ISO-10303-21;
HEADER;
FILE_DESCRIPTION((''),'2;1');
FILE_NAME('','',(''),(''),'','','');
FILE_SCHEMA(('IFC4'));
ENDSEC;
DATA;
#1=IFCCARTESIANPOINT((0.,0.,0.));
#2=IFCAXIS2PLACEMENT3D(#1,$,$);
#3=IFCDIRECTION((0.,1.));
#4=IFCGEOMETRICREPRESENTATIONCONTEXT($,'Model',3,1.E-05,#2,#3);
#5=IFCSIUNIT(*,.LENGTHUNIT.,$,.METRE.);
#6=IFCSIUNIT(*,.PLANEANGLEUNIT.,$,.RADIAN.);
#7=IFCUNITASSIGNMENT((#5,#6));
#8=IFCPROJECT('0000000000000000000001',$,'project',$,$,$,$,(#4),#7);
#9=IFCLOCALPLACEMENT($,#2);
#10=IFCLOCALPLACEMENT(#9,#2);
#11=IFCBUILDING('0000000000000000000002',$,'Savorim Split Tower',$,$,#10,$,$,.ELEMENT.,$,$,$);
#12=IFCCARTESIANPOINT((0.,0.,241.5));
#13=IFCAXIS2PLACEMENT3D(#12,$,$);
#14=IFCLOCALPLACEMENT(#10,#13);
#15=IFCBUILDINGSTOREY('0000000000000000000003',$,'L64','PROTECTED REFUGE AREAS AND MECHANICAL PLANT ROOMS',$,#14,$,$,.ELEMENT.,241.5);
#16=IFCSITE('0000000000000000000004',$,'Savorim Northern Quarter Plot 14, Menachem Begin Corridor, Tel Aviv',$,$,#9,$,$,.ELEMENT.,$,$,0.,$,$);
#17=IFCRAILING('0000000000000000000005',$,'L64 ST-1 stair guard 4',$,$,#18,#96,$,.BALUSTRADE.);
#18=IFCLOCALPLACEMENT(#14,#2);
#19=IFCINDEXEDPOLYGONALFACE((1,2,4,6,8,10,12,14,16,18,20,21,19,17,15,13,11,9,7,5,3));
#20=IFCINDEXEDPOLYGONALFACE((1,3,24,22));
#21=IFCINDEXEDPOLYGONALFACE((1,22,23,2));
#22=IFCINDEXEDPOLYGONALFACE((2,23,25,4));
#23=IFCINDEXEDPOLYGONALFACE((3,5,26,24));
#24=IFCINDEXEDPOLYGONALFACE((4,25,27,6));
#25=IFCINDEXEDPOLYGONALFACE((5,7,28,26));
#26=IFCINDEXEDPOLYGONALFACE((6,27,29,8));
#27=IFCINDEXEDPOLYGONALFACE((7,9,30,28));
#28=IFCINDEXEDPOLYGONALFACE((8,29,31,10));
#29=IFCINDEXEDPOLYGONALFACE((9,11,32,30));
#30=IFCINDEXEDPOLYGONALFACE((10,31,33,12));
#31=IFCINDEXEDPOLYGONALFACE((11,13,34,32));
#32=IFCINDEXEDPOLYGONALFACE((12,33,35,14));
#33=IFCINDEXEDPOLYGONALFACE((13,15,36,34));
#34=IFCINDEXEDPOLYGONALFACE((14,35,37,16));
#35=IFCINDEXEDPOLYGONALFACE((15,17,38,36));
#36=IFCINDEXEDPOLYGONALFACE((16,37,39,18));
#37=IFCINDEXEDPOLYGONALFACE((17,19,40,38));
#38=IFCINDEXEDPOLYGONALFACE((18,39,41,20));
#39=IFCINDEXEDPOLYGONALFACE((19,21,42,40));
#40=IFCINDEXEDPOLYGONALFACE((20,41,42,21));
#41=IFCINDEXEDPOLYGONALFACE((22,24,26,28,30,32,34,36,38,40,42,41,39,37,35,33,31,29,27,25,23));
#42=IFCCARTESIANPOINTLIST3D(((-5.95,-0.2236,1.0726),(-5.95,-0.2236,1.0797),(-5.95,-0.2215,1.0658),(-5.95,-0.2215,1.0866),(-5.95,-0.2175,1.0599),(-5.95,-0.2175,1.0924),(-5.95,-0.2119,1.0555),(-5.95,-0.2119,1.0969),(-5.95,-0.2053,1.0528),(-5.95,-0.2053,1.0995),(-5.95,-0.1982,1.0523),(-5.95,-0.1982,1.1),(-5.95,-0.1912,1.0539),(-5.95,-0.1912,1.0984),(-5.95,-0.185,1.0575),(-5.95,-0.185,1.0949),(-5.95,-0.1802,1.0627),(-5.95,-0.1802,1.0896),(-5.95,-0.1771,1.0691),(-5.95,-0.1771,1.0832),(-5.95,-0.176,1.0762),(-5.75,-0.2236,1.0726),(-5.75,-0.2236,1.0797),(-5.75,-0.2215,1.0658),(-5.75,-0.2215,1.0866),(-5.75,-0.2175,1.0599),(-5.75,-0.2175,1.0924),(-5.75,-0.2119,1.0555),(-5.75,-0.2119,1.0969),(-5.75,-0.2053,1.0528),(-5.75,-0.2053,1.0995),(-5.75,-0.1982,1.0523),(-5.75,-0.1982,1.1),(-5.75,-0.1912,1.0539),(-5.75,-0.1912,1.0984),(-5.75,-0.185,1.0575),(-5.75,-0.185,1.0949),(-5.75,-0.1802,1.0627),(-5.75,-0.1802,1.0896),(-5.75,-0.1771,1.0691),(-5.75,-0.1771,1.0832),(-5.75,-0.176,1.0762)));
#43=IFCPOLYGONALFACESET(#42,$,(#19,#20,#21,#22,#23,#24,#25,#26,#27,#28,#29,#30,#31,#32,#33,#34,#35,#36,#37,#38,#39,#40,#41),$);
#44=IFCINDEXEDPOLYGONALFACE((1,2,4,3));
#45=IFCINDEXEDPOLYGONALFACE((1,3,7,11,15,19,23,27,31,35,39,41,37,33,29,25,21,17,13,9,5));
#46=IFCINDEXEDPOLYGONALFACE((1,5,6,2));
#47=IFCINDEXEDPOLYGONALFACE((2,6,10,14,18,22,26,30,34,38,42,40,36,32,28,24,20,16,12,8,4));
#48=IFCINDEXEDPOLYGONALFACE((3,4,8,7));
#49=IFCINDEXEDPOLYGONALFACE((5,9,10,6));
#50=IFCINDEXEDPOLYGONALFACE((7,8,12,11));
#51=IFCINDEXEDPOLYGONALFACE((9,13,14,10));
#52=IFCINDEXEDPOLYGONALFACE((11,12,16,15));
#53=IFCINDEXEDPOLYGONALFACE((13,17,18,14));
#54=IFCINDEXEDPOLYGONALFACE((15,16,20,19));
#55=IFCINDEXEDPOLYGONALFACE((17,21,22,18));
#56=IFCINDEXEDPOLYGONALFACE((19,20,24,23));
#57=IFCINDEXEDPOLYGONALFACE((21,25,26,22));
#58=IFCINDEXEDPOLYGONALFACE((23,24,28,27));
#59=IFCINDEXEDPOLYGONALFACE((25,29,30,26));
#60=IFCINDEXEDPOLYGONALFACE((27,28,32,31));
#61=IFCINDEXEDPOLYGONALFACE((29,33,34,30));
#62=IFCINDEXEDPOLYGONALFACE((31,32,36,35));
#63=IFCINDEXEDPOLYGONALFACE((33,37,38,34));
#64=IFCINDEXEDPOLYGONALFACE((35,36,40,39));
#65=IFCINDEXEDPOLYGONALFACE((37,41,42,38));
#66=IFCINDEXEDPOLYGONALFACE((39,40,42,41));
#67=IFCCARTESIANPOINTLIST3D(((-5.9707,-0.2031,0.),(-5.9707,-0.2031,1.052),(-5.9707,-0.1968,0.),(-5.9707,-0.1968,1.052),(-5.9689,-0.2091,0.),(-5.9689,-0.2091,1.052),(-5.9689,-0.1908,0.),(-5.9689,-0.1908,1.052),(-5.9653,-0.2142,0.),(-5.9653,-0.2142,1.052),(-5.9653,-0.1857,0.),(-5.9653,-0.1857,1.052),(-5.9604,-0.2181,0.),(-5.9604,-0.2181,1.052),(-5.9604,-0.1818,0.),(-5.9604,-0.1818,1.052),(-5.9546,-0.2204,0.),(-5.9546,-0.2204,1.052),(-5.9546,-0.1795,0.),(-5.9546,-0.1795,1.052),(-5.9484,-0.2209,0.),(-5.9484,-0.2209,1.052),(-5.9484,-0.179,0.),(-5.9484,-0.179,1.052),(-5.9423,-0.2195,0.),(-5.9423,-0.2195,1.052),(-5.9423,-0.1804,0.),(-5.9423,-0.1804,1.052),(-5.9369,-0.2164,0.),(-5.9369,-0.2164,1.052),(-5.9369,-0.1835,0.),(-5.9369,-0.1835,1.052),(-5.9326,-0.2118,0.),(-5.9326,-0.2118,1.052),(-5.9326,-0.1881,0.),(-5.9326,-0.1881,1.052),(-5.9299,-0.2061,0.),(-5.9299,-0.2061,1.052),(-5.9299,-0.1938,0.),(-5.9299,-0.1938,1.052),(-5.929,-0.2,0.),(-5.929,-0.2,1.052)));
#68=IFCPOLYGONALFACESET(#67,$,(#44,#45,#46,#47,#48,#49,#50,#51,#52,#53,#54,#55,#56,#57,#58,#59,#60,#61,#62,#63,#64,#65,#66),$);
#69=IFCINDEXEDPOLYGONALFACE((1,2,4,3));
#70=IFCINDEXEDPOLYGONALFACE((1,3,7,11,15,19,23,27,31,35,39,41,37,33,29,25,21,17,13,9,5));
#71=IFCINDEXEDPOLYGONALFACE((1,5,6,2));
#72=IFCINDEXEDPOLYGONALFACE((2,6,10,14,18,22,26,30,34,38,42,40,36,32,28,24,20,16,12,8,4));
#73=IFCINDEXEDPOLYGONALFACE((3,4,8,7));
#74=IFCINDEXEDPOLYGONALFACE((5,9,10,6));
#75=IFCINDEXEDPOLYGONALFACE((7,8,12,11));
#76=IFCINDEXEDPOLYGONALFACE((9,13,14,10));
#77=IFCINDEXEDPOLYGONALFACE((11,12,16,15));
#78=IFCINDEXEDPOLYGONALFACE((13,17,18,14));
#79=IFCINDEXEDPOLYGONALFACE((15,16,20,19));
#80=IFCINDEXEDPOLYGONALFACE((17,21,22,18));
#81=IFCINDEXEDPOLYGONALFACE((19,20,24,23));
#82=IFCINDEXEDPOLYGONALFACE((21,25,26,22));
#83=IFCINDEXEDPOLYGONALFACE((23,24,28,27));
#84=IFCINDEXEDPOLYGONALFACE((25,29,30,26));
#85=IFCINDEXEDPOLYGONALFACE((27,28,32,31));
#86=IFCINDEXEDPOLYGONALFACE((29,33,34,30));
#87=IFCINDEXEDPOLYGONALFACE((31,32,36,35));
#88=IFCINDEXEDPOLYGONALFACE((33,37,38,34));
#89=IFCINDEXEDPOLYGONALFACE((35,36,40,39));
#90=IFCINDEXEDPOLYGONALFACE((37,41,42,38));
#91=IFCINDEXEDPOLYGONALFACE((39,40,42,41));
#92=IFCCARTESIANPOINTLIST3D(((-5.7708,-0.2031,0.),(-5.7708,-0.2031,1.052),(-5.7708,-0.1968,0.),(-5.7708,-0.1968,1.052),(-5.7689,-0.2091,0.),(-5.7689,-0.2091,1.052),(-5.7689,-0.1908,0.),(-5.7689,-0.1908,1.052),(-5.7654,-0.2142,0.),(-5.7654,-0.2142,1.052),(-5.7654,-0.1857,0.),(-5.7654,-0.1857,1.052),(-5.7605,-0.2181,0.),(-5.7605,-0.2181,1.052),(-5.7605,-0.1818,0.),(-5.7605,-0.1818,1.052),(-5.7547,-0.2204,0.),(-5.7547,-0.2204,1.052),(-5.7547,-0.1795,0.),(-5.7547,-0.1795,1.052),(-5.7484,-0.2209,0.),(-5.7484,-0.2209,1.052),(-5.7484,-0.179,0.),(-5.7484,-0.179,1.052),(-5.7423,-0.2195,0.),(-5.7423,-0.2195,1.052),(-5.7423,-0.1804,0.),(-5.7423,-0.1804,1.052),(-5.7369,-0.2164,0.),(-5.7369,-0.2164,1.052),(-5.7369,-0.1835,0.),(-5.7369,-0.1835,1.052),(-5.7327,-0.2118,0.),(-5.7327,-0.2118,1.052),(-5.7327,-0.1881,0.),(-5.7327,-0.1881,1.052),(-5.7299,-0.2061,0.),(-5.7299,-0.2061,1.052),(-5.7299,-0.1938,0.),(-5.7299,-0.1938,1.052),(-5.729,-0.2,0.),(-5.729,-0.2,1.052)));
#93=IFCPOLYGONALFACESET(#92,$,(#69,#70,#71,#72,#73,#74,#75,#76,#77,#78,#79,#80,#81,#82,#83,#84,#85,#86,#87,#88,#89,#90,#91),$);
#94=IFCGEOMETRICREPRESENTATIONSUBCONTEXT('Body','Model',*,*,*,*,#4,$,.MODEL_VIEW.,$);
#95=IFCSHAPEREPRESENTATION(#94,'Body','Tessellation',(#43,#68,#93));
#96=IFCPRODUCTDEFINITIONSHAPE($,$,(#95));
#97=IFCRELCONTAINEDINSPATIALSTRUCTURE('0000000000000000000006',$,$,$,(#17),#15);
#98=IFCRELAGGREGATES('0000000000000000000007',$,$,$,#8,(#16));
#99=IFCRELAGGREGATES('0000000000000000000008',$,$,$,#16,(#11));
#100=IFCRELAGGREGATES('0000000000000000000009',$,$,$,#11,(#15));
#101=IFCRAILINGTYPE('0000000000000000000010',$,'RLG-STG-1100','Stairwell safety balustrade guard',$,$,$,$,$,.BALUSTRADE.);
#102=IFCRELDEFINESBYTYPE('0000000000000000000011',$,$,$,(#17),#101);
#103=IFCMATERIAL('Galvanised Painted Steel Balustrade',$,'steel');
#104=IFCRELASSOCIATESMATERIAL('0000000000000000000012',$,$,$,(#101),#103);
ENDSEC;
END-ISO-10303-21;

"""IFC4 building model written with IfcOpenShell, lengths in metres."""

from ifc_helpers import new_model, si_unit, direction, frame, origin, origin_2d, place, context, subcontext, project, spatial, circle, extrude, material, type_object, element, save


model = new_model("IFC4")

# Units and contexts
model_context = context("Model", 3, precision=1e-05, world=origin(), true_north=direction((0.0, 1.0)))
body_context = subcontext(model_context, "Body", "Model", "MODEL_VIEW")
ifc_project = project(units=[si_unit("LENGTHUNIT", "METRE"), si_unit("PLANEANGLEUNIT", "RADIAN")], contexts=[model_context])

# Site, building, storey
site_placement = place(None, origin())
site = spatial("IfcSite", under=ifc_project, at=site_placement, Name="Savorim Northern Quarter Plot 14, Menachem Begin Corridor, Tel Aviv", CompositionType="ELEMENT", RefElevation=0.0)
building_placement = place(site_placement, origin())
building = spatial("IfcBuilding", under=site, at=building_placement, Name="Savorim Split Tower", CompositionType="ELEMENT")
storey_placement = place(building_placement, frame((0.0, 0.0, 241.5)))
storey = spatial("IfcBuildingStorey", under=building, at=storey_placement, Name="L64", Description="PROTECTED REFUGE AREAS AND MECHANICAL PLANT ROOMS", CompositionType="ELEMENT", Elevation=241.5)

# Railing
ifc_material_1 = material(Name="Galvanised Painted Steel Balustrade", Category="steel")
railing_type_1 = type_object("IfcRailingType", Name="RLG-STG-1100", Description="Stairwell safety balustrade guard", PredefinedType="BALUSTRADE", material=ifc_material_1)
railing_1_placement = place(storey_placement, frame((-5.95, -0.2, 0.0)))
element("IfcRailing", 1, at=railing_1_placement, inside=storey, type_object=railing_type_1, Name="L64 ST-1 stair guard 4", PredefinedType="BALUSTRADE", context=body_context, shape_type="SweptSolid", body=[
    extrude(circle(Radius=0.0239, at=origin_2d()), frame((0.0, 0.0, 1.0762), z_axis=(1.0, 0.0, 0.0), x_axis=(0.0, 1.0, 0.0)), (0.0, 0.0, 1.0), 0.2),
    extrude(circle(Radius=0.021, at=origin_2d()), origin(), (0.0, 0.0, 1.0), 1.052),
    extrude(circle(Radius=0.021, at=origin_2d()), frame((0.2, 0.0, 0.0)), (0.0, 0.0, 1.0), 1.052),
])

save(model, "model.ifc")
